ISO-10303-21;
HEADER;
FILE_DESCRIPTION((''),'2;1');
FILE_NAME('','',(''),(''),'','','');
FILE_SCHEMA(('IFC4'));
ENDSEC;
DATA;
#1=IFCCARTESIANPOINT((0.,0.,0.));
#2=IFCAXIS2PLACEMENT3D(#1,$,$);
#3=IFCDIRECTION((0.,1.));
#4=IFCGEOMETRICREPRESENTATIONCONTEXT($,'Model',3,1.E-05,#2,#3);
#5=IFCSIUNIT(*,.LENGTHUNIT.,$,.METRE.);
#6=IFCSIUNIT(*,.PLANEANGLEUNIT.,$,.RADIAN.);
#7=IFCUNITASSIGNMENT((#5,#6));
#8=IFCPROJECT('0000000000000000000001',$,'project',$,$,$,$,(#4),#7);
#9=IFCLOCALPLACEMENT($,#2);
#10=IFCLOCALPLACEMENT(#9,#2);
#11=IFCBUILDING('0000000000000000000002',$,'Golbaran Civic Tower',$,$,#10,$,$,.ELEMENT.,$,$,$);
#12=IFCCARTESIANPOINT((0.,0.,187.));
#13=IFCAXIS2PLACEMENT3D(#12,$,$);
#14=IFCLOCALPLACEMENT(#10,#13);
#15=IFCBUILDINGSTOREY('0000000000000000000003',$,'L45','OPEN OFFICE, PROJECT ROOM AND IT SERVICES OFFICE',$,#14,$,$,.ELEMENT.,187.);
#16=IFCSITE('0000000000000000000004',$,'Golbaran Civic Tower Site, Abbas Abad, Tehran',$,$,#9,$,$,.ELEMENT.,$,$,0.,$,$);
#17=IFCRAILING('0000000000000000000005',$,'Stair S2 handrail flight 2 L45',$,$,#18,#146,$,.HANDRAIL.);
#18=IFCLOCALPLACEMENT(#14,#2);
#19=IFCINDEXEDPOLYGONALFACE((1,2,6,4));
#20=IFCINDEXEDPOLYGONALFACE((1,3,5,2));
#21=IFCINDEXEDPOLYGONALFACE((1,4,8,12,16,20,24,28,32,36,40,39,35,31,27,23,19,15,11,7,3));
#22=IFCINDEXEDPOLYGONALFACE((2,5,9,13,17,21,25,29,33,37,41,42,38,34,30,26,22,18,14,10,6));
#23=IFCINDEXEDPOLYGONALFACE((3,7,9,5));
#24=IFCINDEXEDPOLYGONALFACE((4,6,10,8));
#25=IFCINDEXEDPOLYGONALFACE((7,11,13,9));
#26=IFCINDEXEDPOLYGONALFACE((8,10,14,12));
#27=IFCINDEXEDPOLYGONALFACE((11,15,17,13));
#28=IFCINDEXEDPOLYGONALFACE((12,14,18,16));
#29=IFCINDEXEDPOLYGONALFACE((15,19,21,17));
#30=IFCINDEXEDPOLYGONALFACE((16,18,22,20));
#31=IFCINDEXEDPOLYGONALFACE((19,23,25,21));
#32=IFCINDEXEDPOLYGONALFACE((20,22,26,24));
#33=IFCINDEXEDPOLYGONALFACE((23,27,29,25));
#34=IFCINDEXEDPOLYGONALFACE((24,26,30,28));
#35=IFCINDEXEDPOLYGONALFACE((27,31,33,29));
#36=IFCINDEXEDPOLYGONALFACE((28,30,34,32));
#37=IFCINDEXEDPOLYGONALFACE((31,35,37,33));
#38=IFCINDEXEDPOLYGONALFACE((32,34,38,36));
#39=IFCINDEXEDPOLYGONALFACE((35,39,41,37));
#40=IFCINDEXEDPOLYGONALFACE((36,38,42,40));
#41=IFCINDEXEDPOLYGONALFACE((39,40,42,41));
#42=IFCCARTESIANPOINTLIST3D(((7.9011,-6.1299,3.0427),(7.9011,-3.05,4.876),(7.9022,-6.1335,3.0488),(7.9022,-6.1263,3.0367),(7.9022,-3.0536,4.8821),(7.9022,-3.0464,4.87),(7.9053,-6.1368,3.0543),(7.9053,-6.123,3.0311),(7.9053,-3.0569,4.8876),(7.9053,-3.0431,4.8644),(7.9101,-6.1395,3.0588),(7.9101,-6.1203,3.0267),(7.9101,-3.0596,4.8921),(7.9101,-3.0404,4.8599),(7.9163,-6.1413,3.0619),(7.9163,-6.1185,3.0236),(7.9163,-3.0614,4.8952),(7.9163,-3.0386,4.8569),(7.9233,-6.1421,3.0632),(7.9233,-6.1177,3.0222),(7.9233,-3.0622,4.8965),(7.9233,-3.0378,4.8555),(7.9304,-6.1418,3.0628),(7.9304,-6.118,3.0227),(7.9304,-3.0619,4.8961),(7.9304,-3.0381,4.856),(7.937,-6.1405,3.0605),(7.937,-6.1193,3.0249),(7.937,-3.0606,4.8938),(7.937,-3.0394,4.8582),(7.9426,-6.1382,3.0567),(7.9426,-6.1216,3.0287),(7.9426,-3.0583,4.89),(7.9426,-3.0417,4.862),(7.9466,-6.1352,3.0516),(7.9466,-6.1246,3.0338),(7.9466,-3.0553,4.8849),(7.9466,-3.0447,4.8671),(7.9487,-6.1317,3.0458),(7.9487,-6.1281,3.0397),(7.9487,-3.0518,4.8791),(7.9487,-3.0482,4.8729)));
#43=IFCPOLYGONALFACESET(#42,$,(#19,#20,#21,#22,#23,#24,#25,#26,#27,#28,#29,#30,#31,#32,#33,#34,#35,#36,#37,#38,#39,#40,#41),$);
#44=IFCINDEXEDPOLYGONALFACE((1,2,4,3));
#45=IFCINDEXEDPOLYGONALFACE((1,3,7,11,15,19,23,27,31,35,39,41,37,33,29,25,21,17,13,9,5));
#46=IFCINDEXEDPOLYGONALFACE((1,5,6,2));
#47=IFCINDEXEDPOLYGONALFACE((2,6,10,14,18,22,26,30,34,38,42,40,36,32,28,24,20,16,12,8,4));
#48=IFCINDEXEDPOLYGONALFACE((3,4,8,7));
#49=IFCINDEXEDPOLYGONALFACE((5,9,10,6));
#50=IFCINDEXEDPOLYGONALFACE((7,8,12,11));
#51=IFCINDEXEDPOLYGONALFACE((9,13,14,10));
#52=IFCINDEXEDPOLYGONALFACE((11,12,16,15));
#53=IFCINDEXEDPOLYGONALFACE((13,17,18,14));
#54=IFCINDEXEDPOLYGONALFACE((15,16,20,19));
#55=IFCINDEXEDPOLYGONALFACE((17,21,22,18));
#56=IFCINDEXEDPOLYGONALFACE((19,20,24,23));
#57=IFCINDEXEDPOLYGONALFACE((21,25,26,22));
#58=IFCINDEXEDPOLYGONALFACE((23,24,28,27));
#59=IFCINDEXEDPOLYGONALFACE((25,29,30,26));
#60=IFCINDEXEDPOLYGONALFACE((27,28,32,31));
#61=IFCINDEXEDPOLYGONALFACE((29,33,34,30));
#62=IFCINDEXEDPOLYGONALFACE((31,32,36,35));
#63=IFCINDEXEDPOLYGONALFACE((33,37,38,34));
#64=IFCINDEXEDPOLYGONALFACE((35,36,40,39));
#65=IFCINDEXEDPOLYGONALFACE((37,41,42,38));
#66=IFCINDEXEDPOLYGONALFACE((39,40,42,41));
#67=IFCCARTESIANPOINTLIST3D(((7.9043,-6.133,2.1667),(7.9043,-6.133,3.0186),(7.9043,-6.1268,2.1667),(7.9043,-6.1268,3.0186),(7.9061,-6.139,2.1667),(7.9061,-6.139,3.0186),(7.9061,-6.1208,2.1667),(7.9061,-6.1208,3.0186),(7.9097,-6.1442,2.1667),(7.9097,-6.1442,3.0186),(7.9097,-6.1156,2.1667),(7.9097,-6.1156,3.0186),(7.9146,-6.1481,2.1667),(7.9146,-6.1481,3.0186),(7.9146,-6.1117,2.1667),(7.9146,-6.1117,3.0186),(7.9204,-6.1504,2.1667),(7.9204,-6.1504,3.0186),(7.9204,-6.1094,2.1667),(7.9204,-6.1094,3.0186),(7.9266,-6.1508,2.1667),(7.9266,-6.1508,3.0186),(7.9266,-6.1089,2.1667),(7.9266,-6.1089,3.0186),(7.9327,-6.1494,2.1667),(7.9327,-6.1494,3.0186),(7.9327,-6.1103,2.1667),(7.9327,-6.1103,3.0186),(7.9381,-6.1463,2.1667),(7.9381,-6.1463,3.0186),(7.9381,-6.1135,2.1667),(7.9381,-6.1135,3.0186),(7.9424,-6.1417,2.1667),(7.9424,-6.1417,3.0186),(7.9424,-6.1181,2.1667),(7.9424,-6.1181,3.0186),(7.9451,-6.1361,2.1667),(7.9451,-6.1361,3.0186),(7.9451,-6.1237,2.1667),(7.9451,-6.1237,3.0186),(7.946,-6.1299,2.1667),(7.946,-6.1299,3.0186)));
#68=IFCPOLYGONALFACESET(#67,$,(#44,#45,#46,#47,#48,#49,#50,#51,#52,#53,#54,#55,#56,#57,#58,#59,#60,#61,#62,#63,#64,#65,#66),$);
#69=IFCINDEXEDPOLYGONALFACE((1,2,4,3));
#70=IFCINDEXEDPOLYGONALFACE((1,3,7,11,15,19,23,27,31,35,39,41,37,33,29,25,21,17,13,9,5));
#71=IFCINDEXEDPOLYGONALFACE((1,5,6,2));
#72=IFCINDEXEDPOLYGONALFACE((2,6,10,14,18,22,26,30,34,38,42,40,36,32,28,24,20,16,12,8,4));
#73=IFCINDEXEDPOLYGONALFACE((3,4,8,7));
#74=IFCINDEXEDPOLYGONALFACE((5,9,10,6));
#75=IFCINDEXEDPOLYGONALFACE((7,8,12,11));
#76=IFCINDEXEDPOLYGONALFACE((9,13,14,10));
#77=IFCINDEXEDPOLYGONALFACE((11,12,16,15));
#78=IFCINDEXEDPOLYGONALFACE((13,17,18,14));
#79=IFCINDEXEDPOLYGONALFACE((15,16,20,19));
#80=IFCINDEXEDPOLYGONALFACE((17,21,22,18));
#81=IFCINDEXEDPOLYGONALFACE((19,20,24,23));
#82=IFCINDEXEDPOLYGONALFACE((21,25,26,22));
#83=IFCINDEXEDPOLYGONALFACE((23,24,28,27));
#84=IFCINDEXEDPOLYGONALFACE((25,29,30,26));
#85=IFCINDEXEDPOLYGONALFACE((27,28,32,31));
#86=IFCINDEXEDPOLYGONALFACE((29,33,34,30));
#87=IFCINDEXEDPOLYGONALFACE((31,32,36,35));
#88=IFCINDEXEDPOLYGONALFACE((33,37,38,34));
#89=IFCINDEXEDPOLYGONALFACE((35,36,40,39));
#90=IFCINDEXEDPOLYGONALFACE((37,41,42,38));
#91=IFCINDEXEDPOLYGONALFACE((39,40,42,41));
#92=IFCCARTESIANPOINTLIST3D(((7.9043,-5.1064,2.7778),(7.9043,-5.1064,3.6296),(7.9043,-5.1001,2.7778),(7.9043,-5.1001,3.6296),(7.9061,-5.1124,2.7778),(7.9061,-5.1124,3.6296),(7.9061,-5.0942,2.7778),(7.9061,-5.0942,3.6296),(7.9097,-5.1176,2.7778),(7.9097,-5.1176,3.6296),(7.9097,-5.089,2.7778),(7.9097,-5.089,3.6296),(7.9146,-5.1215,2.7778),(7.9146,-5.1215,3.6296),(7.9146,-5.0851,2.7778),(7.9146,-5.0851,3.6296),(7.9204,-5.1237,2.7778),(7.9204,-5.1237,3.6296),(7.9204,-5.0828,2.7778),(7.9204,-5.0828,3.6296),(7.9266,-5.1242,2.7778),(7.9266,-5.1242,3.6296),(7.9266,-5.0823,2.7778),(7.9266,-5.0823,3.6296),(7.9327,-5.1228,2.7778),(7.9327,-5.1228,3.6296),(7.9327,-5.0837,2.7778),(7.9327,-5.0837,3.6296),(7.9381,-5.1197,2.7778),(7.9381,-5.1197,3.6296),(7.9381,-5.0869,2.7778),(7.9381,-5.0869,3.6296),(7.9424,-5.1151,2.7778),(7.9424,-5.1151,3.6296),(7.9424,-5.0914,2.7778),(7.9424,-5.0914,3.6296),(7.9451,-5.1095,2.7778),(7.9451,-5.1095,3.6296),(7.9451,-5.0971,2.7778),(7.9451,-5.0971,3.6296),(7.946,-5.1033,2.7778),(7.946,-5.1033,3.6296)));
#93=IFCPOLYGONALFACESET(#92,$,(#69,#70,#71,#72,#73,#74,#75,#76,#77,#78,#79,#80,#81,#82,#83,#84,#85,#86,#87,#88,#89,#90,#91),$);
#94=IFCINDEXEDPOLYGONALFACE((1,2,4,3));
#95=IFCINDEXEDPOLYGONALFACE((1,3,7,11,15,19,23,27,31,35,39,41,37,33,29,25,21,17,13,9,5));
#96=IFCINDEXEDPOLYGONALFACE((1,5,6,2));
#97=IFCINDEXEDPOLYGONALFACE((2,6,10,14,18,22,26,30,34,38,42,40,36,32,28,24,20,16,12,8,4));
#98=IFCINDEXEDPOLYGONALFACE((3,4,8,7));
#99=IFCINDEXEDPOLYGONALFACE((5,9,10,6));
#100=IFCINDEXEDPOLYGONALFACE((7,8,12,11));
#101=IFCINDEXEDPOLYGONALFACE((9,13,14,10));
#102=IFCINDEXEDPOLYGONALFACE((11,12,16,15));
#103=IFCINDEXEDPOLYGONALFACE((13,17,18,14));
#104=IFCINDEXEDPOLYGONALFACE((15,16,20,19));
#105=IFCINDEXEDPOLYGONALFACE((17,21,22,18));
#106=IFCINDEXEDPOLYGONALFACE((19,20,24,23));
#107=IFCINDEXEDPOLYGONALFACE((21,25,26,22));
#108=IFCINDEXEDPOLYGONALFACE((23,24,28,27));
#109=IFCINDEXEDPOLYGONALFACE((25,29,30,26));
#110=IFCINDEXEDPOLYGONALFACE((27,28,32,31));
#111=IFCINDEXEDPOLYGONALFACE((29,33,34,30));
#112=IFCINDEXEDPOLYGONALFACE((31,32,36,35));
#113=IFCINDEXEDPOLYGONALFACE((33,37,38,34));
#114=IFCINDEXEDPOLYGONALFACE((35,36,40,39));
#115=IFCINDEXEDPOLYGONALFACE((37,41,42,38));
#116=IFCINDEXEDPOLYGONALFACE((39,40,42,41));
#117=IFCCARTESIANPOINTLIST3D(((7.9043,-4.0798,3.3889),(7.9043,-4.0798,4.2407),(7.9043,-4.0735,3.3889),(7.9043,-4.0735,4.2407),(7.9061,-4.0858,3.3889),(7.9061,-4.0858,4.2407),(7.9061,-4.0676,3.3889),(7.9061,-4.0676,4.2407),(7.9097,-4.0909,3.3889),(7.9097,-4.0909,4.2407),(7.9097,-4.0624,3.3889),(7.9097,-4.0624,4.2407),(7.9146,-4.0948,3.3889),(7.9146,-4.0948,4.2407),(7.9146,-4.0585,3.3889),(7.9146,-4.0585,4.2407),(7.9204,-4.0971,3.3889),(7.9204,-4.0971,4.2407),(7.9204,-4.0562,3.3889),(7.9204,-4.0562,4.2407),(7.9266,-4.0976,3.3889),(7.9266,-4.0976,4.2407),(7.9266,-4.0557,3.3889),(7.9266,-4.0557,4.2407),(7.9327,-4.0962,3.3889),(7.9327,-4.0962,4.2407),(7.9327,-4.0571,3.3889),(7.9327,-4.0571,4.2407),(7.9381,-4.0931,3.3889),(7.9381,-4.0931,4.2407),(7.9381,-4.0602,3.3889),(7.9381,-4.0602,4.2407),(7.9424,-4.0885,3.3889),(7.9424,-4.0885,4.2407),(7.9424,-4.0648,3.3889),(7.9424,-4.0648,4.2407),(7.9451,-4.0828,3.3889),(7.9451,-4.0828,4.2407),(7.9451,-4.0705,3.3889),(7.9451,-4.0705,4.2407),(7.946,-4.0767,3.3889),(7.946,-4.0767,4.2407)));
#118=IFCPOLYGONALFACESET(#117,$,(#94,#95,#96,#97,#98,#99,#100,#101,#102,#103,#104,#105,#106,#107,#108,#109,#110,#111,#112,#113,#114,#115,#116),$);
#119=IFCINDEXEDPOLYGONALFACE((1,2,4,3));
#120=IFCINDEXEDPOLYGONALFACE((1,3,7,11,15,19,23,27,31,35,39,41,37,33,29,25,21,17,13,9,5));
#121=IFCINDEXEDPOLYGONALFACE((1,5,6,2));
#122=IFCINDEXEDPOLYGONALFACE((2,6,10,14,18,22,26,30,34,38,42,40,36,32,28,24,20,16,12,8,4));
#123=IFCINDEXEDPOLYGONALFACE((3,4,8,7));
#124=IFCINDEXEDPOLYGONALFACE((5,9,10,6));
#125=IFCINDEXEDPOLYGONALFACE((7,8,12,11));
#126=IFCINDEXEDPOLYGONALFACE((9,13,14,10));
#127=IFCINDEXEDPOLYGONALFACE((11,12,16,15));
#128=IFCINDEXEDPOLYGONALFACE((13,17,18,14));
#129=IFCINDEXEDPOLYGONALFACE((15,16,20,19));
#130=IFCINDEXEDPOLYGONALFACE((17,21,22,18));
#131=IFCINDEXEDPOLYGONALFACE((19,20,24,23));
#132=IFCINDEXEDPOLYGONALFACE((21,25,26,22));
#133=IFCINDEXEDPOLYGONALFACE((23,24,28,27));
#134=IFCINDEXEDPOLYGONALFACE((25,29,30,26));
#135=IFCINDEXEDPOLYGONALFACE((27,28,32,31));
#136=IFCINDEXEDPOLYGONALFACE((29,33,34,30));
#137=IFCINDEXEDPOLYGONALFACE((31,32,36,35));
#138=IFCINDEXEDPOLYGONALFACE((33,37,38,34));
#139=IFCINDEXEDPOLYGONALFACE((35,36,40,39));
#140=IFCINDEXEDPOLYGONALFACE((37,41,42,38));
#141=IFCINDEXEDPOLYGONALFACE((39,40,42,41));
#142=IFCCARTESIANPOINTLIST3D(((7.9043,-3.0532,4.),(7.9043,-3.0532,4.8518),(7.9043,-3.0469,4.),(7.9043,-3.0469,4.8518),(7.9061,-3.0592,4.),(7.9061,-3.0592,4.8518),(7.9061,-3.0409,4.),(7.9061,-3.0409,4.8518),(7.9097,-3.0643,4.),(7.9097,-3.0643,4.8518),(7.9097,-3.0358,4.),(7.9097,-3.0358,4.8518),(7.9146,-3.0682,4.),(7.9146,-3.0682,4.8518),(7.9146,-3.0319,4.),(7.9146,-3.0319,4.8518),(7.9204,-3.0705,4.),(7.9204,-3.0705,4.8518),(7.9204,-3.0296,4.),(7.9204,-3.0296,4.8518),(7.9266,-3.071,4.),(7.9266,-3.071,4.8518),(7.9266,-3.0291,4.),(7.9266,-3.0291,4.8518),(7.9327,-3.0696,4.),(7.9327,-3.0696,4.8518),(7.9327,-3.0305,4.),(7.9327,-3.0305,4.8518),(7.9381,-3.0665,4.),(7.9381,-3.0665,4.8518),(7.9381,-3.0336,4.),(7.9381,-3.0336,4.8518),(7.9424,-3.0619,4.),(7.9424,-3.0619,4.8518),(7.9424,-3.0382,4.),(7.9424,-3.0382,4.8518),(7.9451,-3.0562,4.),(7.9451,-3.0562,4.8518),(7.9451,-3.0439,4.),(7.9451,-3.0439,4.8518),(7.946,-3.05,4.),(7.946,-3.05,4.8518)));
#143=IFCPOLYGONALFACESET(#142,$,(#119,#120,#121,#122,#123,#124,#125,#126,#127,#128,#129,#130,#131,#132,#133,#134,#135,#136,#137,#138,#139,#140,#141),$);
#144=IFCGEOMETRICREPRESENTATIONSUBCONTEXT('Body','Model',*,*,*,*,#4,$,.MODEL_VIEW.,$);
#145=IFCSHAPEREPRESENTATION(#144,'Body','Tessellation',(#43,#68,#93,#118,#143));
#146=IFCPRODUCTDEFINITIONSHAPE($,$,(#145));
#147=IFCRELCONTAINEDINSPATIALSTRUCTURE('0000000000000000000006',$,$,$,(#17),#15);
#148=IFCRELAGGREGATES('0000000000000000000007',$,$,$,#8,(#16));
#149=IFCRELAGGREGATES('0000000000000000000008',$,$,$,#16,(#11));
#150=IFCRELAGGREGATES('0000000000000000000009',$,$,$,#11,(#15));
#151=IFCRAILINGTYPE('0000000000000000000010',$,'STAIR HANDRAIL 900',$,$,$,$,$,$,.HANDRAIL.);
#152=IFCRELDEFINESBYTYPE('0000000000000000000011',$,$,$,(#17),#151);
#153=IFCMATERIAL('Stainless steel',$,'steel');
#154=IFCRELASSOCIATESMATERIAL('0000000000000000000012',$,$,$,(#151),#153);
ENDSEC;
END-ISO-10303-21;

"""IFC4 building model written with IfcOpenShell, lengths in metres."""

from ifc_helpers import new_model, si_unit, direction, frame, origin, origin_2d, place, context, subcontext, project, spatial, circle, extrude, material, type_object, element, save


model = new_model("IFC4")

# Units and contexts
model_context = context("Model", 3, precision=1e-05, world=origin(), true_north=direction((0.0, 1.0)))
body_context = subcontext(model_context, "Body", "Model", "MODEL_VIEW")
ifc_project = project(units=[si_unit("LENGTHUNIT", "METRE"), si_unit("PLANEANGLEUNIT", "RADIAN")], contexts=[model_context])

# Site, building, storey
site_placement = place(None, origin())
site = spatial("IfcSite", under=ifc_project, at=site_placement, Name="Golbaran Civic Tower Site, Abbas Abad, Tehran", CompositionType="ELEMENT", RefElevation=0.0)
building_placement = place(site_placement, origin())
building = spatial("IfcBuilding", under=site, at=building_placement, Name="Golbaran Civic Tower", CompositionType="ELEMENT")
storey_placement = place(building_placement, frame((0.0, 0.0, 187.0)))
storey = spatial("IfcBuildingStorey", under=building, at=storey_placement, Name="L45", Description="OPEN OFFICE, PROJECT ROOM AND IT SERVICES OFFICE", CompositionType="ELEMENT", Elevation=187.0)

# Shared definitions
ifc_material_1 = material(Name="Stainless steel", Category="steel")

# Railing
railing_type = type_object("IfcRailingType", Name="STAIR HANDRAIL 900", PredefinedType="HANDRAIL", material=ifc_material_1)
railing_placement = place(storey_placement, frame((7.925, -6.1299, 2.1667)))
element("IfcRailing", 1, at=railing_placement, inside=storey, type_object=railing_type, Name="Stair S2 handrail flight 2 L45", PredefinedType="HANDRAIL", context=body_context, shape_type="SweptSolid", body=[
    extrude(circle(Radius=0.0239, at=origin_2d()), frame((0.0, 0.0, 0.876), z_axis=(0.0, 0.859291, 0.511487), x_axis=(-1.0, 0.0, 0.0)), (0.0, 0.0, 1.0), 3.5842),
    extrude(circle(Radius=0.021, at=origin_2d()), origin(), (0.0, 0.0, 1.0), 0.8518),
    extrude(circle(Radius=0.021, at=origin_2d()), frame((0.0, 1.0266, 0.6111)), (0.0, 0.0, 1.0), 0.8518),
    extrude(circle(Radius=0.021, at=origin_2d()), frame((0.0, 2.0532, 1.2222)), (0.0, 0.0, 1.0), 0.8518),
    extrude(circle(Radius=0.021, at=origin_2d()), frame((0.0, 3.0798, 1.8333)), (0.0, 0.0, 1.0), 0.8518),
])

save(model, "model.ifc")
